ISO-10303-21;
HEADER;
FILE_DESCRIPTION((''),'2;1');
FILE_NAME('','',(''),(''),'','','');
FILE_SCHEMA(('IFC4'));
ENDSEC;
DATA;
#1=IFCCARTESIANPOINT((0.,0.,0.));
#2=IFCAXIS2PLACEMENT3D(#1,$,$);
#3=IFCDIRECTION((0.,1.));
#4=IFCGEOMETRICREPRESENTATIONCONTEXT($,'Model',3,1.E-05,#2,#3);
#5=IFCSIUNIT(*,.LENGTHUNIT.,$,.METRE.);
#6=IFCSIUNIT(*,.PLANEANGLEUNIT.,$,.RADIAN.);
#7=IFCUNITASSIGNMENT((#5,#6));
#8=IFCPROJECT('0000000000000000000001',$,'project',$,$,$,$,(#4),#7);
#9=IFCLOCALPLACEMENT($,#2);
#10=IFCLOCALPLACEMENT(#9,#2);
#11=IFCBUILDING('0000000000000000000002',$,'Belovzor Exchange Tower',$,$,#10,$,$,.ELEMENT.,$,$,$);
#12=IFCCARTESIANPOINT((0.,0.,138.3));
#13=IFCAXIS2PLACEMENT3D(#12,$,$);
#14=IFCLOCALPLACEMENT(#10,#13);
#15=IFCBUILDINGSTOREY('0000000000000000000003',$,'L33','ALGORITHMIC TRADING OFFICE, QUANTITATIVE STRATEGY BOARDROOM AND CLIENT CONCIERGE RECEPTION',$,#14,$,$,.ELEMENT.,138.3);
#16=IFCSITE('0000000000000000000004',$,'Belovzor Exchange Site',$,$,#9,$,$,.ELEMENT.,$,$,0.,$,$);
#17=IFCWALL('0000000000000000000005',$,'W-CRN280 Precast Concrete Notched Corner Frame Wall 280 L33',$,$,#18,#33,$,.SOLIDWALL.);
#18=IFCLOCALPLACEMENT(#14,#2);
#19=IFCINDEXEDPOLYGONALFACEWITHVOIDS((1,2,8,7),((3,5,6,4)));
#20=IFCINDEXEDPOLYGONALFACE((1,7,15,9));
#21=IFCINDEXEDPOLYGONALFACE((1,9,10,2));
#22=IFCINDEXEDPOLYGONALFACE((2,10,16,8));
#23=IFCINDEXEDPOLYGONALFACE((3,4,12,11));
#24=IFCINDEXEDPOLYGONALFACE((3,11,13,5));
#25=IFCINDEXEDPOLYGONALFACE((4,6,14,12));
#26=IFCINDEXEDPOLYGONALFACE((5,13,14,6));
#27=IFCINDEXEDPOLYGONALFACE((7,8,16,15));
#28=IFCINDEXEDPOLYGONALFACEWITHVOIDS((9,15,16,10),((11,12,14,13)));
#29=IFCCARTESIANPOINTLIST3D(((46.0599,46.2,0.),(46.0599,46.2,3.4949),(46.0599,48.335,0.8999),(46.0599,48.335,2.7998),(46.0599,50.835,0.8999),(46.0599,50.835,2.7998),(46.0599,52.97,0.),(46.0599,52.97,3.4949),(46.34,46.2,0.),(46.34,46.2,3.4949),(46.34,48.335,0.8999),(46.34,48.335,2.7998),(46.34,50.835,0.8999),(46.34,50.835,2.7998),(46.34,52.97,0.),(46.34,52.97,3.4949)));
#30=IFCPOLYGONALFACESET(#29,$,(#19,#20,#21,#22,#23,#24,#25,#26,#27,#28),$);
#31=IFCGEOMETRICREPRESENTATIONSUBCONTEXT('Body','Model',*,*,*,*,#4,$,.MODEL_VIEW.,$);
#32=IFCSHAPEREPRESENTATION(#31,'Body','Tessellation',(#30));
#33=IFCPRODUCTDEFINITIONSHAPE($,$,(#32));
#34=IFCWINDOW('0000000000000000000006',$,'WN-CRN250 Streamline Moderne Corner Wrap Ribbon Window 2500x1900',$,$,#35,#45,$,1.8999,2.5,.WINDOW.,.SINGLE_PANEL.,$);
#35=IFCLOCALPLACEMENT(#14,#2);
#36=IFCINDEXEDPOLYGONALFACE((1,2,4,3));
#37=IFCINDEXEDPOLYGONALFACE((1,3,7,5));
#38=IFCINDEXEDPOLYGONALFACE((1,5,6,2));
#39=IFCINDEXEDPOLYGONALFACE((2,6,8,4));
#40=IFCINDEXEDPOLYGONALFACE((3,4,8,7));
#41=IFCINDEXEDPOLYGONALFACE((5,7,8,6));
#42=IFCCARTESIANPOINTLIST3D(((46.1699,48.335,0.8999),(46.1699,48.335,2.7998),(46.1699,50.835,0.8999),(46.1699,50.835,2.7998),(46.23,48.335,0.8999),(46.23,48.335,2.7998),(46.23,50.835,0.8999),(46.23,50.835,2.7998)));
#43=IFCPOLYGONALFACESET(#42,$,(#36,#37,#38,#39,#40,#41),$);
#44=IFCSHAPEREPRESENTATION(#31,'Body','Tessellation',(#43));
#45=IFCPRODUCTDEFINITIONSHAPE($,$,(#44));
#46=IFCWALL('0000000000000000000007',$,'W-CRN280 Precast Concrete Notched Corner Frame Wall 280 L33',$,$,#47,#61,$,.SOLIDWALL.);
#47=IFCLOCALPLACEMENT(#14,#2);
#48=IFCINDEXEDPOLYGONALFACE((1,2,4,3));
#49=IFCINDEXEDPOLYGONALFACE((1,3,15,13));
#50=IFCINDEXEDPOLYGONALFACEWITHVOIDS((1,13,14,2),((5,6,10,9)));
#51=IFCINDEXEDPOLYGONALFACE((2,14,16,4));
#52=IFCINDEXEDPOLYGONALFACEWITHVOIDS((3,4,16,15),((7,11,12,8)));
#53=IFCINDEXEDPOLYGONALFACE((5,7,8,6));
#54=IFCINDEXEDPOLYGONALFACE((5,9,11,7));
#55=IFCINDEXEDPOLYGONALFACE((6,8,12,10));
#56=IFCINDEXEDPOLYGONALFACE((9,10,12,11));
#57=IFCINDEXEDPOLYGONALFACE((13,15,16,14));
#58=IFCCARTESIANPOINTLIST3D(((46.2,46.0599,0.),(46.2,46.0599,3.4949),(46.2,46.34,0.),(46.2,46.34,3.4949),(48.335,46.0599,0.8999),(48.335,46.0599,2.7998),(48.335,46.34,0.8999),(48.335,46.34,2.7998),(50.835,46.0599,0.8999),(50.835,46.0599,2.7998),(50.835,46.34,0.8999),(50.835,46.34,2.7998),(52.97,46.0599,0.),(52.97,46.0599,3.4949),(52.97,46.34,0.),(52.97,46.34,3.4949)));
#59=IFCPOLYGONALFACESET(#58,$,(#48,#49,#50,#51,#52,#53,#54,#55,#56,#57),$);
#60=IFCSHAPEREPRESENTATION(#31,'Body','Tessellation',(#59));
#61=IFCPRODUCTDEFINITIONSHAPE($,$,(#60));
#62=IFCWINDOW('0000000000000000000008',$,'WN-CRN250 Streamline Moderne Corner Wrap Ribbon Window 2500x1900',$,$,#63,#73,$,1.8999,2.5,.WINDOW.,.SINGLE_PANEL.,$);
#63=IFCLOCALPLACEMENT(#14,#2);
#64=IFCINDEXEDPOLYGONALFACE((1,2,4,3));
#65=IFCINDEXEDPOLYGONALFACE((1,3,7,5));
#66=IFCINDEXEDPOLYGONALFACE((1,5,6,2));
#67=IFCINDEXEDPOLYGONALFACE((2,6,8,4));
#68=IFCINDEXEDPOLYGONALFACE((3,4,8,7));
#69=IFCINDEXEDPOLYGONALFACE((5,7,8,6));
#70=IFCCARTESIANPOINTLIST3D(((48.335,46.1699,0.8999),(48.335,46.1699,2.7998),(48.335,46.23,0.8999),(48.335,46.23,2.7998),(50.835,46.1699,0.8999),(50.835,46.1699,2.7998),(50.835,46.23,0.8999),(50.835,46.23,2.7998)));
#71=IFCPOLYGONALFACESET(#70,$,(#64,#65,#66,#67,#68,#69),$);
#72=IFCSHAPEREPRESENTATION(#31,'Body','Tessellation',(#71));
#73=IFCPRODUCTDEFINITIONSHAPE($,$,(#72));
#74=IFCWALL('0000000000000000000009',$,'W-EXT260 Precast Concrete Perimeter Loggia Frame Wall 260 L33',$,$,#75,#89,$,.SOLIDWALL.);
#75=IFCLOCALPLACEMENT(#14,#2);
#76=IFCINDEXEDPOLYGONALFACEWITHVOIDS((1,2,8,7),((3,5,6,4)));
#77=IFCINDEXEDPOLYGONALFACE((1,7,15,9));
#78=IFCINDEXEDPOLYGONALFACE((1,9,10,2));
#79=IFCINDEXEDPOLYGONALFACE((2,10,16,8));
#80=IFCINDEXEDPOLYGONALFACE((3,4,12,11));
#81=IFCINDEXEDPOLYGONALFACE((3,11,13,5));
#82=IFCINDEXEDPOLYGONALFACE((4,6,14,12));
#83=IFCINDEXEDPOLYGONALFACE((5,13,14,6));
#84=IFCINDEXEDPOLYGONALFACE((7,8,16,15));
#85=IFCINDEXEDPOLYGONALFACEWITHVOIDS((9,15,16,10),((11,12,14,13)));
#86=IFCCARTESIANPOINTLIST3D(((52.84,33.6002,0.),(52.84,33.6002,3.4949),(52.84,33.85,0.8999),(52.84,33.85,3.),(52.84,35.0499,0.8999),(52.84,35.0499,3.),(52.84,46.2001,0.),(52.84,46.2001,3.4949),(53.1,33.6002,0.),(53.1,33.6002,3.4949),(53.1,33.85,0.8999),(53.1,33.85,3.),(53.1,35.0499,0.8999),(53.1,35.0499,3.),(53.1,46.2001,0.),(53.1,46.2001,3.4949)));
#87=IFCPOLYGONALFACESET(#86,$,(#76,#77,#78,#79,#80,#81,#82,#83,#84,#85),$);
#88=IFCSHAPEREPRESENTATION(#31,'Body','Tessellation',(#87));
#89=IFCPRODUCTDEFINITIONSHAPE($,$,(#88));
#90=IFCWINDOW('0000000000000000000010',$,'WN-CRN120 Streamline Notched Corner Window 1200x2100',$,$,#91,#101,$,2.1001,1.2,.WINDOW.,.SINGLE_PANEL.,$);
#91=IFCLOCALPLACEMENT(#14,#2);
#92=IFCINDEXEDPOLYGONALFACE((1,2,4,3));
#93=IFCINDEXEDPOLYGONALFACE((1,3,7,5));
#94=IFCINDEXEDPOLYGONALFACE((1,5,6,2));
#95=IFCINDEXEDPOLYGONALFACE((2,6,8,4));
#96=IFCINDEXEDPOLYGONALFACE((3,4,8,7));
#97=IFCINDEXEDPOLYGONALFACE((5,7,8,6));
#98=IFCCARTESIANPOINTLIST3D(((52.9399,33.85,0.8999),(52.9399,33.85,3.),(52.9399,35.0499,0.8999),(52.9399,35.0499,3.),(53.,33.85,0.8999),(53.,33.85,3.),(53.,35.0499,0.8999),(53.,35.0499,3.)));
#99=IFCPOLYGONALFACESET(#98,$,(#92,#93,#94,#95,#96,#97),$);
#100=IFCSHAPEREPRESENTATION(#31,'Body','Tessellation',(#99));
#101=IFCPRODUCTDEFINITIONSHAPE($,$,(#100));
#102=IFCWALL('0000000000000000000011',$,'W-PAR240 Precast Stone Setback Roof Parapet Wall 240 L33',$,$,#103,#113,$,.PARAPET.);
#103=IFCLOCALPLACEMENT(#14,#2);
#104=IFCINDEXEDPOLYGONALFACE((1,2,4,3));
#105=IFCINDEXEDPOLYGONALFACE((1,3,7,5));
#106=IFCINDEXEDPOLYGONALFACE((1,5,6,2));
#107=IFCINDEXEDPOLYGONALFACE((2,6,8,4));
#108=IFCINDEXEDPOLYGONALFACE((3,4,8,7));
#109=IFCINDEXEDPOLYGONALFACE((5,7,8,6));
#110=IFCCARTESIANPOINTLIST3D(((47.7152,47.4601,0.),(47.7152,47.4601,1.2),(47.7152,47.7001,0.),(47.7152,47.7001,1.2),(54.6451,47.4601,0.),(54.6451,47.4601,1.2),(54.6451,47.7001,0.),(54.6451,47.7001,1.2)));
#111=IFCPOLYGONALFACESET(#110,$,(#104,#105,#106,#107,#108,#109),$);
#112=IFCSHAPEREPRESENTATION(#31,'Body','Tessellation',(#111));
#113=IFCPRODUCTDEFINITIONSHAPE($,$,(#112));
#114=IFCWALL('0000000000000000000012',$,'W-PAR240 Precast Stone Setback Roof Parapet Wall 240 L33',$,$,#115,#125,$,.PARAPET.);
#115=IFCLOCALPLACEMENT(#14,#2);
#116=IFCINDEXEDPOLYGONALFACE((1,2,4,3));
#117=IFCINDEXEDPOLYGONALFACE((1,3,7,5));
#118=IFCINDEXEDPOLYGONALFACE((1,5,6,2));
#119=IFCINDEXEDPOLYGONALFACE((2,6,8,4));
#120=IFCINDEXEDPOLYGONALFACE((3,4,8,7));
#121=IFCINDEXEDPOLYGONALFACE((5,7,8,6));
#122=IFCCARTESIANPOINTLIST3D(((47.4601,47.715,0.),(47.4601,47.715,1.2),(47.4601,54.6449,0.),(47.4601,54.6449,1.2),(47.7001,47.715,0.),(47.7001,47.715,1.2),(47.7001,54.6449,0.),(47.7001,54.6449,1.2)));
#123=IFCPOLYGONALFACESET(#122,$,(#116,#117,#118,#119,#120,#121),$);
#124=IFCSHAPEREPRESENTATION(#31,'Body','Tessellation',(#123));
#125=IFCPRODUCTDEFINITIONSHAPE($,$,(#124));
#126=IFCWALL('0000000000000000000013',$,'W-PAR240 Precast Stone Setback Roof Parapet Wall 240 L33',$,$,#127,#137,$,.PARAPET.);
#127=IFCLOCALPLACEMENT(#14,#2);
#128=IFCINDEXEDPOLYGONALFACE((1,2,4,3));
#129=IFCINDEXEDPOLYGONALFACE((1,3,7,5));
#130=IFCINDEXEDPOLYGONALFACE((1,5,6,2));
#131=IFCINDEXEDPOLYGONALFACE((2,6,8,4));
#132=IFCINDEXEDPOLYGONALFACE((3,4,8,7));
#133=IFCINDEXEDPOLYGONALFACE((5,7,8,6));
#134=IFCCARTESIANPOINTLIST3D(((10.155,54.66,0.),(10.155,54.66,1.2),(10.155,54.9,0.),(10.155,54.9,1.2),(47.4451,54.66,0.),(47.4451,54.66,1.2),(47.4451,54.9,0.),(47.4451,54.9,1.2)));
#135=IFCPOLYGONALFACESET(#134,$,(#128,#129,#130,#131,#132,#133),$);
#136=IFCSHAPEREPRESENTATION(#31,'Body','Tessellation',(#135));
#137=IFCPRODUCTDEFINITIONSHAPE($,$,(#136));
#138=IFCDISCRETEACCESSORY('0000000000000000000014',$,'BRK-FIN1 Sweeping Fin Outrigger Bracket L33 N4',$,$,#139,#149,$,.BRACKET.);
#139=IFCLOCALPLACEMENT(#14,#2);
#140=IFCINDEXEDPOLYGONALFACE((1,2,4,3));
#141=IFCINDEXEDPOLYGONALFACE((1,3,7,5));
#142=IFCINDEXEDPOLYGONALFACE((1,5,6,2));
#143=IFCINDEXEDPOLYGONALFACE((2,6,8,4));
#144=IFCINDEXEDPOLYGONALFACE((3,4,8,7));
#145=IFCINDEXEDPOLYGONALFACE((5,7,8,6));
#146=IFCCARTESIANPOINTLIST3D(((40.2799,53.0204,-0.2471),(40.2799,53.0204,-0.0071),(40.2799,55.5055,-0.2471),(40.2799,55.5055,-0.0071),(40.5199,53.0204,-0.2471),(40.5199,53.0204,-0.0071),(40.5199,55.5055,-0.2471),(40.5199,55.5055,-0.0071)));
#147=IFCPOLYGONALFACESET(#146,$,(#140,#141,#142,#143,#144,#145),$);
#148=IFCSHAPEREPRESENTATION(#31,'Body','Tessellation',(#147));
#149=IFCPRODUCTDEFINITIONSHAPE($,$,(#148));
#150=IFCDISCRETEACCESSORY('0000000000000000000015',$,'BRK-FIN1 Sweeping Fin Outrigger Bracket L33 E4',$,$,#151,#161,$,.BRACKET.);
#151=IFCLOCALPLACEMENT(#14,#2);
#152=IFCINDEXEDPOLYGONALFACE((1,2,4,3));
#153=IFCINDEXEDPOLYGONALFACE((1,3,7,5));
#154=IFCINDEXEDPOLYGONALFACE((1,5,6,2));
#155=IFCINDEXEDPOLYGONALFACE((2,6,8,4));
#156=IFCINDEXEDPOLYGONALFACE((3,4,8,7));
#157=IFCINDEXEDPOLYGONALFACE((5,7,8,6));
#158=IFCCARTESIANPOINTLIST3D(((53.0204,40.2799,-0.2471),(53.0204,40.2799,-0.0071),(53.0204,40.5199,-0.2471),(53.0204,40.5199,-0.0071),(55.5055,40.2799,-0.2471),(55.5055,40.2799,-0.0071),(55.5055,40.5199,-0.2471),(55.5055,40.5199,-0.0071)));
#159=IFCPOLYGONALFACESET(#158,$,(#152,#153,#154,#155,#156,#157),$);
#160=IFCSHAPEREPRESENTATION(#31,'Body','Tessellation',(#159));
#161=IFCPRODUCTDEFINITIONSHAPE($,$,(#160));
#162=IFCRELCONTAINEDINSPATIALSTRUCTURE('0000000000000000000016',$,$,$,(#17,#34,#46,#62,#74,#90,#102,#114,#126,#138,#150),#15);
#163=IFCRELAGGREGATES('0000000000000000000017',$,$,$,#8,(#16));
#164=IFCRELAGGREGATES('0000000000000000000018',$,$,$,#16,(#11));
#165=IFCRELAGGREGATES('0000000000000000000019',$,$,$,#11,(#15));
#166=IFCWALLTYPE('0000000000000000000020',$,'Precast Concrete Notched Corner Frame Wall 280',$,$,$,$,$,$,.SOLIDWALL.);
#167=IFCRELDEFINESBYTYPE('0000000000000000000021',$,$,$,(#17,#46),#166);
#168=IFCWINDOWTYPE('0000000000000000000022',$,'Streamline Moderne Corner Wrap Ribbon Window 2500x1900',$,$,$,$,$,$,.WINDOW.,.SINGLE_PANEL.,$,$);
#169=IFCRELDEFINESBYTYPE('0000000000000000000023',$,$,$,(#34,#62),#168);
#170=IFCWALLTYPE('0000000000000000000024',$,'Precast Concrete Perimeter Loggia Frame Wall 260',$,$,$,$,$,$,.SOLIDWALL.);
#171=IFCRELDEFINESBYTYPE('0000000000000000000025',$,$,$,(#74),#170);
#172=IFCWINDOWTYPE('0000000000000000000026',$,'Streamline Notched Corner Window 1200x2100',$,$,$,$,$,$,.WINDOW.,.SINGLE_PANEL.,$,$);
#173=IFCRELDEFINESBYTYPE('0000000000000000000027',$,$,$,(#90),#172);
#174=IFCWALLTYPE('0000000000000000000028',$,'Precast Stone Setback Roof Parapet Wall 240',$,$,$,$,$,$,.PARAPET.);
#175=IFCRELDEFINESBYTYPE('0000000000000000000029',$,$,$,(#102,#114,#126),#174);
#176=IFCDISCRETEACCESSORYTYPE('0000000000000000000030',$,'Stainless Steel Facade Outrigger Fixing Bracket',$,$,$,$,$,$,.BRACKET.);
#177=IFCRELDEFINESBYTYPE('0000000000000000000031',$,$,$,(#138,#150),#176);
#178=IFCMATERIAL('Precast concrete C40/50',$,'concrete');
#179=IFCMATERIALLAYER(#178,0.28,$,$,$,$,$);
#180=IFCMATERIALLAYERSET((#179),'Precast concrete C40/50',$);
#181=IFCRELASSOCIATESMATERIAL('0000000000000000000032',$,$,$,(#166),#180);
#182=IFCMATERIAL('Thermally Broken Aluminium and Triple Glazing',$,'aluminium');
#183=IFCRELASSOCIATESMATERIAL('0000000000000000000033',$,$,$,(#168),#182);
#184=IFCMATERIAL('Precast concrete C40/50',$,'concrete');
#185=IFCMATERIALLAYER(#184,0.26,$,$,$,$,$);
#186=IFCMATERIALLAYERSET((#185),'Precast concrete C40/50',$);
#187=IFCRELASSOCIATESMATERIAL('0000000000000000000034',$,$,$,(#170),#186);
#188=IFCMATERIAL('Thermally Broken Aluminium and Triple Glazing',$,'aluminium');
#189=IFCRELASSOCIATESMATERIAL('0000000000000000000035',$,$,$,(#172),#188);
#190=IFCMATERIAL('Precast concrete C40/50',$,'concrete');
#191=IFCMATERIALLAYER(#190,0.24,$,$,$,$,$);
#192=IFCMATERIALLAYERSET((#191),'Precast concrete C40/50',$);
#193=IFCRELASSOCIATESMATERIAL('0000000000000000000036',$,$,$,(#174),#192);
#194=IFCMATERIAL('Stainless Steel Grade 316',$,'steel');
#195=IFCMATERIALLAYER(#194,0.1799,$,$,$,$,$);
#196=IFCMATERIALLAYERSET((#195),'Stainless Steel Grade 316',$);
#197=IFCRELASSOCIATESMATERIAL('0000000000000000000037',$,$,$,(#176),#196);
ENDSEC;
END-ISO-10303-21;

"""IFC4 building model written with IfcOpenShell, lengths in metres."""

from ifc_helpers import new_model, si_unit, direction, frame, frame_2d, origin, origin_2d, place, context, subcontext, project, spatial, rectangle, extrude, material, layer, layer_set, type_object, element, fill, save


model = new_model("IFC4")

# Units and contexts
model_context = context("Model", 3, precision=1e-05, world=origin(), true_north=direction((0.0, 1.0)))
body_context = subcontext(model_context, "Body", "Model", "MODEL_VIEW")
ifc_project = project(units=[si_unit("LENGTHUNIT", "METRE"), si_unit("PLANEANGLEUNIT", "RADIAN")], contexts=[model_context])

# Site, building, storey
site_placement = place(None, origin())
site = spatial("IfcSite", under=ifc_project, at=site_placement, Name="Belovzor Exchange Site", CompositionType="ELEMENT", RefElevation=0.0)
building_placement = place(site_placement, origin())
building = spatial("IfcBuilding", under=site, at=building_placement, Name="Belovzor Exchange Tower", CompositionType="ELEMENT")
storey_placement = place(building_placement, frame((0.0, 0.0, 138.3)))
storey = spatial("IfcBuildingStorey", under=building, at=storey_placement, Name="L33", Description="ALGORITHMIC TRADING OFFICE, QUANTITATIVE STRATEGY BOARDROOM AND CLIENT CONCIERGE RECEPTION", CompositionType="ELEMENT", Elevation=138.3)

# Walls, openings, windows
ifc_material_1 = material(Name="Precast concrete C40/50", Category="concrete")
ifc_layer_1 = layer(ifc_material_1, 0.28)
ifc_layer_set_1 = layer_set([ifc_layer_1], Name="Precast concrete C40/50")
wall_type_1 = type_object("IfcWallType", Name="Precast Concrete Notched Corner Frame Wall 280", PredefinedType="SOLIDWALL", material=ifc_layer_set_1)
wall_1_placement = place(storey_placement, frame((46.2, 52.97, 0.0), z_axis=(0.0, 0.0, 1.0), x_axis=(0.0, -1.0, 0.0)))
wall_1 = element("IfcWall", 1, at=wall_1_placement, inside=storey, type_object=wall_type_1, Name="W-CRN280 Precast Concrete Notched Corner Frame Wall 280 L33", PredefinedType="SOLIDWALL", context=body_context, shape_type="SweptSolid", body=[
    extrude(rectangle(XDim=6.77, YDim=0.28, at=frame_2d((3.385, 0.0))), origin(), (0.0, 0.0, 1.0), 3.4949),
])
opening_1_placement = place(wall_1_placement, frame((2.135, 0.0, 0.8999)))
opening_1 = element("IfcOpeningElement", 2, at=opening_1_placement, cuts=wall_1, PredefinedType="OPENING", context=body_context, shape_type="SweptSolid", body=[
    extrude(rectangle(XDim=2.5, YDim=1.8999, at=frame_2d((1.25, 0.95))), frame((0.0, 0.1499, 0.0), z_axis=(0.0, -1.0, 0.0), x_axis=(1.0, 0.0, 0.0)), (0.0, 0.0, 1.0), 0.3),
])
ifc_material_2 = material(Name="Thermally Broken Aluminium and Triple Glazing", Category="aluminium")
window_type_1 = type_object("IfcWindowType", Name="Streamline Moderne Corner Wrap Ribbon Window 2500x1900", PartitioningType="SINGLE_PANEL", PredefinedType="WINDOW", material=ifc_material_2)
window_1_placement = place(opening_1_placement, origin())
window_1 = element("IfcWindow", 3, at=window_1_placement, inside=storey, type_object=window_type_1, Name="WN-CRN250 Streamline Moderne Corner Wrap Ribbon Window 2500x1900", OverallHeight=1.8999, OverallWidth=2.5, PartitioningType="SINGLE_PANEL", PredefinedType="WINDOW", context=body_context, shape_type="SweptSolid", body=[
    extrude(rectangle(XDim=2.5, YDim=1.8999, at=frame_2d((1.25, 0.95))), frame((0.0, 0.03, 0.0), z_axis=(0.0, -1.0, 0.0), x_axis=(1.0, 0.0, 0.0)), (0.0, 0.0, 1.0), 0.0601),
])
fill(opening_1, window_1)
wall_2_placement = place(storey_placement, frame((46.2, 46.2, 0.0), z_axis=(0.0, 0.0, 1.0), x_axis=(1.0, 0.0, 0.0)))
wall_2 = element("IfcWall", 4, at=wall_2_placement, inside=storey, type_object=wall_type_1, Name="W-CRN280 Precast Concrete Notched Corner Frame Wall 280 L33", PredefinedType="SOLIDWALL", context=body_context, shape_type="SweptSolid", body=[
    extrude(rectangle(XDim=6.77, YDim=0.28, at=frame_2d((3.385, 0.0))), origin(), (0.0, 0.0, 1.0), 3.4949),
])
opening_2_placement = place(wall_2_placement, frame((2.135, 0.0, 0.8999)))
opening_2 = element("IfcOpeningElement", 5, at=opening_2_placement, cuts=wall_2, PredefinedType="OPENING", context=body_context, shape_type="SweptSolid", body=[
    extrude(rectangle(XDim=2.5, YDim=1.8999, at=frame_2d((1.25, 0.95))), frame((0.0, 0.1499, 0.0), z_axis=(0.0, -1.0, 0.0), x_axis=(1.0, 0.0, 0.0)), (0.0, 0.0, 1.0), 0.3),
])
window_2_placement = place(opening_2_placement, origin())
window_2 = element("IfcWindow", 6, at=window_2_placement, inside=storey, type_object=window_type_1, Name="WN-CRN250 Streamline Moderne Corner Wrap Ribbon Window 2500x1900", OverallHeight=1.8999, OverallWidth=2.5, PartitioningType="SINGLE_PANEL", PredefinedType="WINDOW", context=body_context, shape_type="SweptSolid", body=[
    extrude(rectangle(XDim=2.5, YDim=1.8999, at=frame_2d((1.25, 0.95))), frame((0.0, 0.03, 0.0), z_axis=(0.0, -1.0, 0.0), x_axis=(1.0, 0.0, 0.0)), (0.0, 0.0, 1.0), 0.0601),
])
fill(opening_2, window_2)
ifc_material_3 = material(Name="Precast concrete C40/50", Category="concrete")
ifc_layer_2 = layer(ifc_material_3, 0.26)
ifc_layer_set_2 = layer_set([ifc_layer_2], Name="Precast concrete C40/50")
wall_type_2 = type_object("IfcWallType", Name="Precast Concrete Perimeter Loggia Frame Wall 260", PredefinedType="SOLIDWALL", material=ifc_layer_set_2)
wall_3_placement = place(storey_placement, frame((52.97, 46.2, 0.0), z_axis=(0.0, 0.0, 1.0), x_axis=(0.0, -1.0, 0.0)))
wall_3 = element("IfcWall", 7, at=wall_3_placement, inside=storey, type_object=wall_type_2, Name="W-EXT260 Precast Concrete Perimeter Loggia Frame Wall 260 L33", PredefinedType="SOLIDWALL", context=body_context, shape_type="SweptSolid", body=[
    extrude(rectangle(XDim=12.5999, YDim=0.26, at=frame_2d((6.2998, 0.0))), origin(), (0.0, 0.0, 1.0), 3.4949),
])
opening_3_placement = place(wall_3_placement, frame((11.1499, 0.0, 0.8999)))
opening_3 = element("IfcOpeningElement", 8, at=opening_3_placement, cuts=wall_3, PredefinedType="OPENING", context=body_context, shape_type="SweptSolid", body=[
    extrude(rectangle(XDim=1.2, YDim=2.1001, at=frame_2d((0.6001, 1.05))), frame((0.0, 0.1399, 0.0), z_axis=(0.0, -1.0, 0.0), x_axis=(1.0, 0.0, 0.0)), (0.0, 0.0, 1.0), 0.28),
])
ifc_material_4 = material(Name="Thermally Broken Aluminium and Triple Glazing", Category="aluminium")
window_type_2 = type_object("IfcWindowType", Name="Streamline Notched Corner Window 1200x2100", PartitioningType="SINGLE_PANEL", PredefinedType="WINDOW", material=ifc_material_4)
window_3_placement = place(opening_3_placement, origin())
window_3 = element("IfcWindow", 9, at=window_3_placement, inside=storey, type_object=window_type_2, Name="WN-CRN120 Streamline Notched Corner Window 1200x2100", OverallHeight=2.1001, OverallWidth=1.2, PartitioningType="SINGLE_PANEL", PredefinedType="WINDOW", context=body_context, shape_type="SweptSolid", body=[
    extrude(rectangle(XDim=1.2, YDim=2.1001, at=frame_2d((0.6001, 1.05))), frame((0.0, 0.03, 0.0), z_axis=(0.0, -1.0, 0.0), x_axis=(1.0, 0.0, 0.0)), (0.0, 0.0, 1.0), 0.0601),
])
fill(opening_3, window_3)

# Walls
ifc_material_5 = material(Name="Precast concrete C40/50", Category="concrete")
ifc_layer_3 = layer(ifc_material_5, 0.24)
ifc_layer_set_3 = layer_set([ifc_layer_3], Name="Precast concrete C40/50")
wall_type_3 = type_object("IfcWallType", Name="Precast Stone Setback Roof Parapet Wall 240", PredefinedType="PARAPET", material=ifc_layer_set_3)
for number, where, z_axis, x_axis, name in (
    (10, (54.645, 47.5801, 0.0), (0.0, 0.0, 1.0), (-1.0, 0.0, 0.0), "W-PAR240 Precast Stone Setback Roof Parapet Wall 240 L33"),
    (11, (47.5801, 47.7151, 0.0), (0.0, 0.0, 1.0), (0.0, 1.0, 0.0), "W-PAR240 Precast Stone Setback Roof Parapet Wall 240 L33"),
):
    element("IfcWall", number, at=place(storey_placement, frame(where, z_axis=z_axis, x_axis=x_axis)), inside=storey, type_object=wall_type_3, Name=name, PredefinedType="PARAPET", context=body_context, shape_type="SweptSolid", body=[
        extrude(rectangle(XDim=6.9299, YDim=0.24, at=frame_2d((3.4648, 0.0))), origin(), (0.0, 0.0, 1.0), 1.2),
    ])
wall_4_placement = place(storey_placement, frame((47.4451, 54.78, 0.0), z_axis=(0.0, 0.0, 1.0), x_axis=(-1.0, 0.0, 0.0)))
element("IfcWall", 12, at=wall_4_placement, inside=storey, type_object=wall_type_3, Name="W-PAR240 Precast Stone Setback Roof Parapet Wall 240 L33", PredefinedType="PARAPET", context=body_context, shape_type="SweptSolid", body=[
    extrude(rectangle(XDim=37.29, YDim=0.24, at=frame_2d((18.645, 0.0))), origin(), (0.0, 0.0, 1.0), 1.2),
])

# Discrete accessories
ifc_material_6 = material(Name="Stainless Steel Grade 316", Category="steel")
ifc_layer_4 = layer(ifc_material_6, 0.1799)
ifc_layer_set_4 = layer_set([ifc_layer_4], Name="Stainless Steel Grade 316")
discrete_accessory_type = type_object("IfcDiscreteAccessoryType", Name="Stainless Steel Facade Outrigger Fixing Bracket", PredefinedType="BRACKET", material=ifc_layer_set_4)
for number, where, z_axis, x_axis, name in (
    (13, (40.3999, 54.2629, -0.2471), (0.0, 0.0, 1.0), (0.0, 1.0, 0.0), "BRK-FIN1 Sweeping Fin Outrigger Bracket L33 N4"),
    (14, (54.2629, 40.3999, -0.2471), (0.0, 0.0, 1.0), (1.0, 0.0, 0.0), "BRK-FIN1 Sweeping Fin Outrigger Bracket L33 E4"),
):
    element("IfcDiscreteAccessory", number, at=place(storey_placement, frame(where, z_axis=z_axis, x_axis=x_axis)), inside=storey, type_object=discrete_accessory_type, Name=name, PredefinedType="BRACKET", context=body_context, shape_type="SweptSolid", body=[
        extrude(rectangle(XDim=2.4851, YDim=0.24, at=origin_2d()), origin(), (0.0, 0.0, 1.0), 0.24),
    ])

save(model, "model.ifc")
